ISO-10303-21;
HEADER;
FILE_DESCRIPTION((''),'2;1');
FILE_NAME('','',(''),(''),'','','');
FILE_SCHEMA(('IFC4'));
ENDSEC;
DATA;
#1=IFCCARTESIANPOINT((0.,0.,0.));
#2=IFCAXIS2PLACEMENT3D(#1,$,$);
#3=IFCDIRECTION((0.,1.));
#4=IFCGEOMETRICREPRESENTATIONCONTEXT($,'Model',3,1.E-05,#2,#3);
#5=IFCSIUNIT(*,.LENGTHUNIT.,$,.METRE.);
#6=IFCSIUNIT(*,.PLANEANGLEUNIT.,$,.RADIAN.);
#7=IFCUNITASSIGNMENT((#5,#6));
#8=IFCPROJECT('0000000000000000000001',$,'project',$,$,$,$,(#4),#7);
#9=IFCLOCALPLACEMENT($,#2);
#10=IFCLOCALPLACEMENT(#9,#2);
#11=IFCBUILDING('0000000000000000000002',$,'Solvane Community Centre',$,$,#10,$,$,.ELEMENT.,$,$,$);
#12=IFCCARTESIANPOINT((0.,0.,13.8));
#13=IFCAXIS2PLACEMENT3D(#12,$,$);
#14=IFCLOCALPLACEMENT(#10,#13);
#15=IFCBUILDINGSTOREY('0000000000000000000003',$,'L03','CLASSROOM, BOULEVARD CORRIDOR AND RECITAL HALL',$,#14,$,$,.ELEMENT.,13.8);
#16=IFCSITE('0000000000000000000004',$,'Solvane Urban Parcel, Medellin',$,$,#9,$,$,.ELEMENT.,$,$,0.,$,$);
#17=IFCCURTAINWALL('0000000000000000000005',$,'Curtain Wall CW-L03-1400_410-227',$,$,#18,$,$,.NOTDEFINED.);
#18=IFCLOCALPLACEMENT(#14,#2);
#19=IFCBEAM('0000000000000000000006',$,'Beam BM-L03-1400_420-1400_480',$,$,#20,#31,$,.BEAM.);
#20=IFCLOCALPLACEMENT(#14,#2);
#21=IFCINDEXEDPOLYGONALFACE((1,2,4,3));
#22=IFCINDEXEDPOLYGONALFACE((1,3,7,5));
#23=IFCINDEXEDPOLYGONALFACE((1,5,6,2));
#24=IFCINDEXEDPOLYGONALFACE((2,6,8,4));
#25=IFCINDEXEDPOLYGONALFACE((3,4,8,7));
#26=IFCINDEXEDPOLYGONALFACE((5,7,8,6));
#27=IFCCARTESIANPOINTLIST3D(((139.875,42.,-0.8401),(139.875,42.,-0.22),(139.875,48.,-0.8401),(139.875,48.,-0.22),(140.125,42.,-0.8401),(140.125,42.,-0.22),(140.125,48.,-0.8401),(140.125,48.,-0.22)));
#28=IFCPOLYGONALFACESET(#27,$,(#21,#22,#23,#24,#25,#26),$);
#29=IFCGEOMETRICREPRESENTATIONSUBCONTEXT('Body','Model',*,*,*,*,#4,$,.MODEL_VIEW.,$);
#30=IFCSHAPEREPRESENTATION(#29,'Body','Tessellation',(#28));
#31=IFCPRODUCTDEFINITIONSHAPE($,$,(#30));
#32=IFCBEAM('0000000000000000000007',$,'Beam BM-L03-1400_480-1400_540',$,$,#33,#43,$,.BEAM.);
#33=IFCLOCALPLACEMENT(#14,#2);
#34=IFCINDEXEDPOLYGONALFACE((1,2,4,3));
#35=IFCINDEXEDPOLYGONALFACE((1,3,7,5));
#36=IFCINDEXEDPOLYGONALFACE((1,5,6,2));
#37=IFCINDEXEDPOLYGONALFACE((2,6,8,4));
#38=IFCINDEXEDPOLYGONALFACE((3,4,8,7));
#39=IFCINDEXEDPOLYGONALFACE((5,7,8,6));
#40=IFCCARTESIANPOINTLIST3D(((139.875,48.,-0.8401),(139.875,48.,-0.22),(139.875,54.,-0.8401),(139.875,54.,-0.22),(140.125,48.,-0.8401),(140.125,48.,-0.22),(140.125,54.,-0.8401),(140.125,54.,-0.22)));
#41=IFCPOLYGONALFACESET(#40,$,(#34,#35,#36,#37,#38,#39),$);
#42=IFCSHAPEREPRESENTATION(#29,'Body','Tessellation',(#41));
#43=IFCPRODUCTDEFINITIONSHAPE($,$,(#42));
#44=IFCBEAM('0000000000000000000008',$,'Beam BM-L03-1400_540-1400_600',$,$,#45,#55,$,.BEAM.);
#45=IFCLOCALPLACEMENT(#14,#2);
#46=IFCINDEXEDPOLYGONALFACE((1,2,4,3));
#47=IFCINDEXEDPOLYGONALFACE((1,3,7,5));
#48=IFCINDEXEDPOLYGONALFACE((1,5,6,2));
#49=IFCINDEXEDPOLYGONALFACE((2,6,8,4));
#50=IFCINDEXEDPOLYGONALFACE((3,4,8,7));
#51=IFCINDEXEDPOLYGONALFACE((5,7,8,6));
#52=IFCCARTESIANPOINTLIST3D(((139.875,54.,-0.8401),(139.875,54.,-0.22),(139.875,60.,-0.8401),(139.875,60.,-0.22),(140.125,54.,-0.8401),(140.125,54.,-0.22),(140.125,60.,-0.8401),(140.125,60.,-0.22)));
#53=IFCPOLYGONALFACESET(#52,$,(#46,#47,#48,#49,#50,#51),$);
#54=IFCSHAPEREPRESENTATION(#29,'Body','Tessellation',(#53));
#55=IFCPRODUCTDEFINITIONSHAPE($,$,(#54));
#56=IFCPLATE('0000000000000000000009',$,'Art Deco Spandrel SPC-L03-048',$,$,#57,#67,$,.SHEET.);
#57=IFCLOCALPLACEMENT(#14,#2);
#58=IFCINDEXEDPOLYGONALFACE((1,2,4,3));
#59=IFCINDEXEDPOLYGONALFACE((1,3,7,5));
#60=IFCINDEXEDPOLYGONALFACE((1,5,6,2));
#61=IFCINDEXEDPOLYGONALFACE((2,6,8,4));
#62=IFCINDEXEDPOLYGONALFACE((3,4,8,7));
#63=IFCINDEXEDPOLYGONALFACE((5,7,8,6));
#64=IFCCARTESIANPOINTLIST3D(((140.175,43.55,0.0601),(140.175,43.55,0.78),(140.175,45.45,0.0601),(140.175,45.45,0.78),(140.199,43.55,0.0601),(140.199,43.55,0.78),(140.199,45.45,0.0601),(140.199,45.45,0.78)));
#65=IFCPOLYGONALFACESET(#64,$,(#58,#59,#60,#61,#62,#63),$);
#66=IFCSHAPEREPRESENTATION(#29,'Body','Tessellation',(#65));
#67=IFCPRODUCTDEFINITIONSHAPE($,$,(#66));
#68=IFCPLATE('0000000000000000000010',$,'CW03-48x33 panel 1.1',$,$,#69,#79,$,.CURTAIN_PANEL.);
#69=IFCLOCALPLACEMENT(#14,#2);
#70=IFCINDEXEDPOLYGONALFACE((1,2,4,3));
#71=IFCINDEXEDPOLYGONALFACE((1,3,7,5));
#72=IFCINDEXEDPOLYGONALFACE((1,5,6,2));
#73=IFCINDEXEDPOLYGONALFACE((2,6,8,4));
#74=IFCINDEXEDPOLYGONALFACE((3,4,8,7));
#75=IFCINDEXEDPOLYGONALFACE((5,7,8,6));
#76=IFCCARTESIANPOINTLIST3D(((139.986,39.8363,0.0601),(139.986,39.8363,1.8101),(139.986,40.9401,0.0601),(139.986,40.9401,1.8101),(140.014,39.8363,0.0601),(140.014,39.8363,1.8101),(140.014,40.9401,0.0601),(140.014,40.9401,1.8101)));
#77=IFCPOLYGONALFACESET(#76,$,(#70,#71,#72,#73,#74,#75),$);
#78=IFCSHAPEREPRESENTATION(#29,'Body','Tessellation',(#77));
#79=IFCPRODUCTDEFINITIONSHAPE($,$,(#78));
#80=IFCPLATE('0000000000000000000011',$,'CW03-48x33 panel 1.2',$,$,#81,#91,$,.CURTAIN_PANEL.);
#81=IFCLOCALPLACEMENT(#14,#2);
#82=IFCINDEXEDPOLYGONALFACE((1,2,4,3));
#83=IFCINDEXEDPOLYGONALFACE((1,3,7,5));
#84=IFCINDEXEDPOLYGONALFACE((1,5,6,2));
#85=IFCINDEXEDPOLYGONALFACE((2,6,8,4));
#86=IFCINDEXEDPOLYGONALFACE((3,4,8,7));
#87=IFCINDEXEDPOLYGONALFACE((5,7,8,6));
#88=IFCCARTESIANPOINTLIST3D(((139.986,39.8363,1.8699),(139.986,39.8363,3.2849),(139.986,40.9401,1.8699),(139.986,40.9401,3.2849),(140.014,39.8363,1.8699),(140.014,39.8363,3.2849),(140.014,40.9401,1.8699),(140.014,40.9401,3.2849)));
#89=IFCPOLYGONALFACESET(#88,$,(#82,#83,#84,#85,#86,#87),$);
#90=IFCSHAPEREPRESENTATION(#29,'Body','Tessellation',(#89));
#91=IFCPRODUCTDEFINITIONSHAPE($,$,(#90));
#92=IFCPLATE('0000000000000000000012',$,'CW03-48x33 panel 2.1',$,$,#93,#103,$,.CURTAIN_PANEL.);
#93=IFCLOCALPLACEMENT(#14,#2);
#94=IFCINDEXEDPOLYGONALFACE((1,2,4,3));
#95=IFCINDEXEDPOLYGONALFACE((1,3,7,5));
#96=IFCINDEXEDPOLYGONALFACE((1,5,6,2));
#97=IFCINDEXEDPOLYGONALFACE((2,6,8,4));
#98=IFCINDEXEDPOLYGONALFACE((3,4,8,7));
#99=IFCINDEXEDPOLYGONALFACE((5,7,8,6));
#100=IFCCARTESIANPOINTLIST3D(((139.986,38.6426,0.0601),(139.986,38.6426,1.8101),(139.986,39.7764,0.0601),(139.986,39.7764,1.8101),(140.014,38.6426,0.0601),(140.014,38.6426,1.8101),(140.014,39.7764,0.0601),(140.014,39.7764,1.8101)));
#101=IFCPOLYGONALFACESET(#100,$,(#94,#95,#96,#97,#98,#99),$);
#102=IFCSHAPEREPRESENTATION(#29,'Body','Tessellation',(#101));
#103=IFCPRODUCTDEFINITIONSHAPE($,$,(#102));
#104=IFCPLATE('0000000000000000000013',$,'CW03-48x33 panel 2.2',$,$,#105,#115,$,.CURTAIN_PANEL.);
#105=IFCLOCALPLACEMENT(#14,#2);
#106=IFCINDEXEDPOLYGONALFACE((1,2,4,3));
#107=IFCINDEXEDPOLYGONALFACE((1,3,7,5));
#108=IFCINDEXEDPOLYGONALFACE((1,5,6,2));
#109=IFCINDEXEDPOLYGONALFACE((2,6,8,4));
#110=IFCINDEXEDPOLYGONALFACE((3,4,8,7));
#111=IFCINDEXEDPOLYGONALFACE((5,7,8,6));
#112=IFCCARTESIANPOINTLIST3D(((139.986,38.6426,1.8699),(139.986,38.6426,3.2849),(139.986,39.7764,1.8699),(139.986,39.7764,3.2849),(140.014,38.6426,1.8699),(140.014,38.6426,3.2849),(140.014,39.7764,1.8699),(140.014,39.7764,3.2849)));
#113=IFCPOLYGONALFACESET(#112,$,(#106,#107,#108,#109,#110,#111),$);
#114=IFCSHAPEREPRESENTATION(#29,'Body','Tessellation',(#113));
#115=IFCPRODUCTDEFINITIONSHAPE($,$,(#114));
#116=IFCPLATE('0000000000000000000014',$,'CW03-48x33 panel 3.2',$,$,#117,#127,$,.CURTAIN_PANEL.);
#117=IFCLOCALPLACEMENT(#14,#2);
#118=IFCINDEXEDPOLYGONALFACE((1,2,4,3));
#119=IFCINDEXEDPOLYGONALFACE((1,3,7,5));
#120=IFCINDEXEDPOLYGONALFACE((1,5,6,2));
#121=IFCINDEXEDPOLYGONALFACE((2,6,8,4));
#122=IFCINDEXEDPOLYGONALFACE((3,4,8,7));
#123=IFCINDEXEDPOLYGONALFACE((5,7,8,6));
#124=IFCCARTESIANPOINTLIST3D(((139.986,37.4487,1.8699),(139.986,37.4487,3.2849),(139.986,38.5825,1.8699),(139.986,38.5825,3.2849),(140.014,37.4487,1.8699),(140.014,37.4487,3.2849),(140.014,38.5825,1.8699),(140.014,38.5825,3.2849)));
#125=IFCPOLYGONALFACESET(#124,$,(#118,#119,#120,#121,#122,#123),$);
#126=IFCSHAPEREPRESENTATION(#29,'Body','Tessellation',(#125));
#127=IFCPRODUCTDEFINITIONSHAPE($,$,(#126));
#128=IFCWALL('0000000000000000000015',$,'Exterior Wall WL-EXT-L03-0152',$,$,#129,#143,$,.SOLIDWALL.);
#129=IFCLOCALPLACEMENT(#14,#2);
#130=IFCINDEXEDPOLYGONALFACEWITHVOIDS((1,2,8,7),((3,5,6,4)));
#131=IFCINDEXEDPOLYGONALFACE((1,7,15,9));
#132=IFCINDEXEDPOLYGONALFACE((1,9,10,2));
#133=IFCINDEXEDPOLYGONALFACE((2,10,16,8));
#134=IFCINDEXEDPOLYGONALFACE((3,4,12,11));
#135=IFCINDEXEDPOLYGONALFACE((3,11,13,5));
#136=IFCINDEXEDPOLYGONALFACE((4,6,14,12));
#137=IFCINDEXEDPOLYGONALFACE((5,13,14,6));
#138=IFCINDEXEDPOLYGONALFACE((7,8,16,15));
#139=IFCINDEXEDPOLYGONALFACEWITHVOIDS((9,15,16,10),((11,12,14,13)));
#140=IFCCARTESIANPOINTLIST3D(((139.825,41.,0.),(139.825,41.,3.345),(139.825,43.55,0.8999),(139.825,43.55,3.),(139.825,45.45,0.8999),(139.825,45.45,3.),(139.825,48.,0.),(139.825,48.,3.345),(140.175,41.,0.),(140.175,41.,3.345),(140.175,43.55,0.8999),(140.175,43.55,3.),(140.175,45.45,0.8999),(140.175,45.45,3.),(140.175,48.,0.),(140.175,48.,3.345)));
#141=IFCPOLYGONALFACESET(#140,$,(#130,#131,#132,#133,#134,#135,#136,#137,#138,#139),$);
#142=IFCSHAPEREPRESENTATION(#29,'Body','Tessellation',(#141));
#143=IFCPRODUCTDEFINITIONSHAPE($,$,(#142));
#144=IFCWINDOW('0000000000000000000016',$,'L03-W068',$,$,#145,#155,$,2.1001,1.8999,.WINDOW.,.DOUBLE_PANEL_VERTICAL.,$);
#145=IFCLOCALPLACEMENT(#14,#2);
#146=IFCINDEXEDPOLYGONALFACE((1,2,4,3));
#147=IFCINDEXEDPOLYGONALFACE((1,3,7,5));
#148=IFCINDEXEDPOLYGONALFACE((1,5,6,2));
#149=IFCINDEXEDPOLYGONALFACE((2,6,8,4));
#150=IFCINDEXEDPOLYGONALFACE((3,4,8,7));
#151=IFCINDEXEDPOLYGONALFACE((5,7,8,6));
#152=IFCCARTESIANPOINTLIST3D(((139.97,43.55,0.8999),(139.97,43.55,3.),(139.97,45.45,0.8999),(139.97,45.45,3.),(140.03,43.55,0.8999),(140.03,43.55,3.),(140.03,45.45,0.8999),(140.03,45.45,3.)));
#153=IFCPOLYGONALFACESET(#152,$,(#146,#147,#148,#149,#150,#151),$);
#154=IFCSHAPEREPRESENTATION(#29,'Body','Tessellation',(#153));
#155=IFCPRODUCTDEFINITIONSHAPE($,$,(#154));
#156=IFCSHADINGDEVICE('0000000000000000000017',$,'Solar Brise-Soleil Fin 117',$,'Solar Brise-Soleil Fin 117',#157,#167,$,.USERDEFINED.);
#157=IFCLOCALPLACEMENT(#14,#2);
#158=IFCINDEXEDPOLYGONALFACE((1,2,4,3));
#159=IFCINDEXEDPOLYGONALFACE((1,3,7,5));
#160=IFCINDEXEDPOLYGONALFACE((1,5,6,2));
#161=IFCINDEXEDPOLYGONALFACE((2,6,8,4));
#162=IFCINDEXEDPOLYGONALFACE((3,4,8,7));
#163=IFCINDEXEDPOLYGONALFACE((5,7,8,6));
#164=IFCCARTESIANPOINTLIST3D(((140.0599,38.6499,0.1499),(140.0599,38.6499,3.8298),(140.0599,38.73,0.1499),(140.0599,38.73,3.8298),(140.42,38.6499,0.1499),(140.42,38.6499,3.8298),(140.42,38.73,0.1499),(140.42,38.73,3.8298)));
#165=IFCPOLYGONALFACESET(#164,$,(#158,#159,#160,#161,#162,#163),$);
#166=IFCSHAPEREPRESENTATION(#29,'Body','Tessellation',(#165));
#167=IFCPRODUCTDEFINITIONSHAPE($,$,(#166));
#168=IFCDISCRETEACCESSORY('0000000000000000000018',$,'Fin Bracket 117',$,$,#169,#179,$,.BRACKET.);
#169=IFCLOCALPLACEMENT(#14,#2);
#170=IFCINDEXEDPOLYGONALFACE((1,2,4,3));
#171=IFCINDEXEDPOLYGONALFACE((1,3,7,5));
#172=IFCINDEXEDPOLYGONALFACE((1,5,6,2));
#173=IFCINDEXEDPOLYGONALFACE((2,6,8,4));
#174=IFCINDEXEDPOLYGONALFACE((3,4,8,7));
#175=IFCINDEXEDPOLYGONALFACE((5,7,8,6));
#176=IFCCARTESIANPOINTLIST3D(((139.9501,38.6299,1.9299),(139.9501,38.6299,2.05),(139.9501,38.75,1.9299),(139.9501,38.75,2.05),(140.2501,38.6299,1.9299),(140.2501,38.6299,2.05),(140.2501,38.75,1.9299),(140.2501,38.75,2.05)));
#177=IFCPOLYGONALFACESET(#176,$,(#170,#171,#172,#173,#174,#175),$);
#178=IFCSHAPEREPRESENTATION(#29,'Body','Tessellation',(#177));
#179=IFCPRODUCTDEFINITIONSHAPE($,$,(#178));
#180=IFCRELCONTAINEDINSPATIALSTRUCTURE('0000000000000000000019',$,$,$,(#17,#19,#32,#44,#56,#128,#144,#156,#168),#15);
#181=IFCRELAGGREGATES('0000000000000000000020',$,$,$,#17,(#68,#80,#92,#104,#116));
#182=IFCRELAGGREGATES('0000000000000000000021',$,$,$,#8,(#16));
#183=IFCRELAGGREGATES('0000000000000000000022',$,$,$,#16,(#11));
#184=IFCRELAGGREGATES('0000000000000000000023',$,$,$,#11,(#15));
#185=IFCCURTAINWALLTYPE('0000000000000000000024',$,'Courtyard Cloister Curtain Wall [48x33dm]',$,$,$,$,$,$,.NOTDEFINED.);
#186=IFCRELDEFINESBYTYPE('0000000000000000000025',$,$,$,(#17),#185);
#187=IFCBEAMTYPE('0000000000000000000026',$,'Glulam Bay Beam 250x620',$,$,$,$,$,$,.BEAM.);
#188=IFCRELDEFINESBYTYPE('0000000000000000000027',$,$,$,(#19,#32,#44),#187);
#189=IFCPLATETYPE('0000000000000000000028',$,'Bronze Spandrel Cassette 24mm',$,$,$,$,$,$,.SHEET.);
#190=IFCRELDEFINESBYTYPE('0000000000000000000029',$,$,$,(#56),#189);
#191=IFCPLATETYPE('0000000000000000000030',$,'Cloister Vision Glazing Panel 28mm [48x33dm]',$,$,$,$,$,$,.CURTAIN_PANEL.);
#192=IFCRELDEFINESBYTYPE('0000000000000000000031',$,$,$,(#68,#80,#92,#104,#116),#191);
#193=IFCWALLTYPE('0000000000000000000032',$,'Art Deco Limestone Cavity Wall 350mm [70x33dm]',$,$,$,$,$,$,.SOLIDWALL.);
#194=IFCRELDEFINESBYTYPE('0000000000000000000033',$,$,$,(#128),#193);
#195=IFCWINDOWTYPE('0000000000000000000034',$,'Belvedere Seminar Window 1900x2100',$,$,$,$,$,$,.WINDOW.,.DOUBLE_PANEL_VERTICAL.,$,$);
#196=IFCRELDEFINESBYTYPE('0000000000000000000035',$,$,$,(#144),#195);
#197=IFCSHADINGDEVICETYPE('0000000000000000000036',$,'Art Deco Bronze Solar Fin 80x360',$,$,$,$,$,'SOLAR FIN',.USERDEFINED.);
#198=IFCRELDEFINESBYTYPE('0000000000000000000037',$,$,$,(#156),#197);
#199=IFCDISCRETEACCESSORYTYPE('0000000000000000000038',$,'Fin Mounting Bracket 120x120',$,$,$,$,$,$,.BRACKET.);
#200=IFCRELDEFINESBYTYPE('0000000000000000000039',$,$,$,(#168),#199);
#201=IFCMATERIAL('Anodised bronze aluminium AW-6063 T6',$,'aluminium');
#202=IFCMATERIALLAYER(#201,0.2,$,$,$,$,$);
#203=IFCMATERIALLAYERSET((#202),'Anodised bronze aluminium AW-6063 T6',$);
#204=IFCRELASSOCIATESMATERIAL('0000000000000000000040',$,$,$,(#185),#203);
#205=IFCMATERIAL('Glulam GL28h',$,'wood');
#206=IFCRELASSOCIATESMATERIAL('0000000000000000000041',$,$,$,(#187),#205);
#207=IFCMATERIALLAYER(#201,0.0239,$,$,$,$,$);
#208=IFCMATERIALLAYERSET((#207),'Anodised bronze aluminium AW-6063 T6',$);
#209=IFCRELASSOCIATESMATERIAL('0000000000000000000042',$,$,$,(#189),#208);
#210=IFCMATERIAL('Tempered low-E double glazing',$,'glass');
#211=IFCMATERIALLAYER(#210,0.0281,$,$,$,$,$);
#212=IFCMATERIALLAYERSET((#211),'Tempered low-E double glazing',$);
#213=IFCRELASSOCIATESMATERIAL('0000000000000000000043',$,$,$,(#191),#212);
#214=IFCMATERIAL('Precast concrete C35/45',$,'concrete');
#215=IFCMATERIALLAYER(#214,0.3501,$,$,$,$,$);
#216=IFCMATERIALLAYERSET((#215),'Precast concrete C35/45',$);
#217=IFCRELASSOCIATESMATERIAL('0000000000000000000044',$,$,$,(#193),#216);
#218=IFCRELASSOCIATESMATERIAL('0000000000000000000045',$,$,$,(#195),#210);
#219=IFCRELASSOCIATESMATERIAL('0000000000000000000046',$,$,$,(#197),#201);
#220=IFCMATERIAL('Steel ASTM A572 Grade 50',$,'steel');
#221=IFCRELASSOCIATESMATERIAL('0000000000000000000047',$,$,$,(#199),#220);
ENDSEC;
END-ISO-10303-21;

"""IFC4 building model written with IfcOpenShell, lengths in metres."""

from ifc_helpers import new_model, si_unit, direction, frame, frame_2d, origin, origin_2d, place, context, subcontext, project, spatial, rectangle, extrude, material, layer, layer_set, material_profile, profile_set, type_object, element, fill, aggregate, save


model = new_model("IFC4")

# Units and contexts
model_context = context("Model", 3, precision=1e-05, world=origin(), true_north=direction((0.0, 1.0)))
body_context = subcontext(model_context, "Body", "Model", "MODEL_VIEW")
ifc_project = project(units=[si_unit("LENGTHUNIT", "METRE"), si_unit("PLANEANGLEUNIT", "RADIAN")], contexts=[model_context])

# Site, building, storey
site_placement = place(None, origin())
site = spatial("IfcSite", under=ifc_project, at=site_placement, Name="Solvane Urban Parcel, Medellin", CompositionType="ELEMENT", RefElevation=0.0)
building_placement = place(site_placement, origin())
building = spatial("IfcBuilding", under=site, at=building_placement, Name="Solvane Community Centre", CompositionType="ELEMENT")
storey_placement = place(building_placement, frame((0.0, 0.0, 13.8)))
storey = spatial("IfcBuildingStorey", under=building, at=storey_placement, Name="L03", Description="CLASSROOM, BOULEVARD CORRIDOR AND RECITAL HALL", CompositionType="ELEMENT", Elevation=13.8)

# Curtain wall
ifc_material_1 = material(Name="Anodised bronze aluminium AW-6063 T6", Category="aluminium")
ifc_layer_1 = layer(ifc_material_1, 0.2)
ifc_layer_set_1 = layer_set([ifc_layer_1], Name="Anodised bronze aluminium AW-6063 T6")
curtain_wall_type = type_object("IfcCurtainWallType", Name="Courtyard Cloister Curtain Wall [48x33dm]", PredefinedType="NOTDEFINED", material=ifc_layer_set_1)
curtain_wall_placement = place(storey_placement, origin())
curtain_wall = element("IfcCurtainWall", 1, at=curtain_wall_placement, inside=storey, type_object=curtain_wall_type, Name="Curtain Wall CW-L03-1400_410-227", PredefinedType="NOTDEFINED")

# Beams
ifc_material_2 = material(Name="Glulam GL28h", Category="wood")
ifc_material_profile_1 = material_profile(ifc_material_2, rectangle(XDim=0.25, YDim=0.6201, at=origin_2d()), Name="GL28h 250x620")
ifc_profile_set_1 = profile_set([ifc_material_profile_1], Name="Glulam GL28h")
beam_type = type_object("IfcBeamType", Name="Glulam Bay Beam 250x620", PredefinedType="BEAM", material=ifc_profile_set_1)
for number, where, z_axis, x_axis, name in (
    (2, (140.0, 42.0, -0.53), (0.0, 1.0, 0.0), (-1.0, 0.0, 0.0), "Beam BM-L03-1400_420-1400_480"),
    (3, (140.0, 48.0, -0.53), (0.0, 1.0, 0.0), (-1.0, 0.0, 0.0), "Beam BM-L03-1400_480-1400_540"),
    (4, (140.0, 54.0, -0.53), (0.0, 1.0, 0.0), (-1.0, 0.0, 0.0), "Beam BM-L03-1400_540-1400_600"),
):
    element("IfcBeam", number, at=place(storey_placement, frame(where, z_axis=z_axis, x_axis=x_axis)), inside=storey, type_object=beam_type, Name=name, PredefinedType="BEAM", context=body_context, shape_type="SweptSolid", body=[
        extrude(rectangle(XDim=0.25, YDim=0.6201, at=origin_2d()), origin(), (0.0, 0.0, 1.0), 6.0),
    ])

# Plates
ifc_layer_2 = layer(ifc_material_1, 0.0239)
ifc_layer_set_2 = layer_set([ifc_layer_2], Name="Anodised bronze aluminium AW-6063 T6")
plate_type_1 = type_object("IfcPlateType", Name="Bronze Spandrel Cassette 24mm", PredefinedType="SHEET", material=ifc_layer_set_2)
plate_1_placement = place(storey_placement, frame((140.187, 44.5, 0.0601), z_axis=(0.0, 0.0, 1.0), x_axis=(0.0, -1.0, 0.0)))
element("IfcPlate", 5, at=plate_1_placement, inside=storey, type_object=plate_type_1, Name="Art Deco Spandrel SPC-L03-048", PredefinedType="SHEET", context=body_context, shape_type="SweptSolid", body=[
    extrude(rectangle(XDim=1.8999, YDim=0.0239, at=origin_2d()), origin(), (0.0, 0.0, 1.0), 0.72),
])
ifc_material_3 = material(Name="Tempered low-E double glazing", Category="glass")
ifc_layer_3 = layer(ifc_material_3, 0.0281)
ifc_layer_set_3 = layer_set([ifc_layer_3], Name="Tempered low-E double glazing")
plate_type_2 = type_object("IfcPlateType", Name="Cloister Vision Glazing Panel 28mm [48x33dm]", PredefinedType="CURTAIN_PANEL", material=ifc_layer_set_3)
plate_2_placement = place(storey_placement, frame((140.0, 40.3882, 0.0601), z_axis=(0.0, 0.0, 1.0), x_axis=(0.0, -1.0, 0.0)))
plate_2 = element("IfcPlate", 6, at=plate_2_placement, type_object=plate_type_2, Name="CW03-48x33 panel 1.1", PredefinedType="CURTAIN_PANEL", context=body_context, shape_type="SweptSolid", body=[
    extrude(rectangle(XDim=1.1038, YDim=0.0281, at=origin_2d()), origin(), (0.0, 0.0, 1.0), 1.75),
])
plate_3_placement = place(storey_placement, frame((140.0, 40.3882, 1.8699), z_axis=(0.0, 0.0, 1.0), x_axis=(0.0, -1.0, 0.0)))
plate_3 = element("IfcPlate", 7, at=plate_3_placement, type_object=plate_type_2, Name="CW03-48x33 panel 1.2", PredefinedType="CURTAIN_PANEL", context=body_context, shape_type="SweptSolid", body=[
    extrude(rectangle(XDim=1.1038, YDim=0.0281, at=origin_2d()), origin(), (0.0, 0.0, 1.0), 1.415),
])
plate_4_placement = place(storey_placement, frame((140.0, 39.2095, 0.0601), z_axis=(0.0, 0.0, 1.0), x_axis=(0.0, -1.0, 0.0)))
plate_4 = element("IfcPlate", 8, at=plate_4_placement, type_object=plate_type_2, Name="CW03-48x33 panel 2.1", PredefinedType="CURTAIN_PANEL", context=body_context, shape_type="SweptSolid", body=[
    extrude(rectangle(XDim=1.1338, YDim=0.0281, at=origin_2d()), origin(), (0.0, 0.0, 1.0), 1.75),
])
plate_5_placement = place(storey_placement, frame((140.0, 39.2095, 1.8699), z_axis=(0.0, 0.0, 1.0), x_axis=(0.0, -1.0, 0.0)))
plate_5 = element("IfcPlate", 9, at=plate_5_placement, type_object=plate_type_2, Name="CW03-48x33 panel 2.2", PredefinedType="CURTAIN_PANEL", context=body_context, shape_type="SweptSolid", body=[
    extrude(rectangle(XDim=1.1338, YDim=0.0281, at=origin_2d()), origin(), (0.0, 0.0, 1.0), 1.415),
])
plate_6_placement = place(storey_placement, frame((140.0, 38.0156, 1.8699), z_axis=(0.0, 0.0, 1.0), x_axis=(0.0, -1.0, 0.0)))
plate_6 = element("IfcPlate", 10, at=plate_6_placement, type_object=plate_type_2, Name="CW03-48x33 panel 3.2", PredefinedType="CURTAIN_PANEL", context=body_context, shape_type="SweptSolid", body=[
    extrude(rectangle(XDim=1.1338, YDim=0.0281, at=origin_2d()), origin(), (0.0, 0.0, 1.0), 1.415),
])
aggregate(curtain_wall, [plate_2, plate_3, plate_4, plate_5, plate_6])

# Wall, opening, window
ifc_material_4 = material(Name="Precast concrete C35/45", Category="concrete")
ifc_layer_4 = layer(ifc_material_4, 0.3501)
ifc_layer_set_4 = layer_set([ifc_layer_4], Name="Precast concrete C35/45")
wall_type = type_object("IfcWallType", Name="Art Deco Limestone Cavity Wall 350mm [70x33dm]", PredefinedType="SOLIDWALL", material=ifc_layer_set_4)
wall_placement = place(storey_placement, frame((140.0, 48.0, 0.0), z_axis=(0.0, 0.0, 1.0), x_axis=(0.0, -1.0, 0.0)))
wall = element("IfcWall", 11, at=wall_placement, inside=storey, type_object=wall_type, Name="Exterior Wall WL-EXT-L03-0152", PredefinedType="SOLIDWALL", context=body_context, shape_type="SweptSolid", body=[
    extrude(rectangle(XDim=7.0, YDim=0.3501, at=frame_2d((3.5, 0.0))), origin(), (0.0, 0.0, 1.0), 3.345),
])
opening_placement = place(wall_placement, frame((2.55, 0.0, 0.8999)))
opening = element("IfcOpeningElement", 12, at=opening_placement, cuts=wall, PredefinedType="OPENING", context=body_context, shape_type="SweptSolid", body=[
    extrude(rectangle(XDim=1.8999, YDim=2.1001, at=frame_2d((0.95, 1.05))), frame((0.0, 0.1851, 0.0), z_axis=(0.0, -1.0, 0.0), x_axis=(1.0, 0.0, 0.0)), (0.0, 0.0, 1.0), 0.3701),
])
window_type = type_object("IfcWindowType", Name="Belvedere Seminar Window 1900x2100", PartitioningType="DOUBLE_PANEL_VERTICAL", PredefinedType="WINDOW", material=ifc_material_3)
window_placement = place(opening_placement, origin())
window = element("IfcWindow", 13, at=window_placement, inside=storey, type_object=window_type, Name="L03-W068", OverallHeight=2.1001, OverallWidth=1.8999, PartitioningType="DOUBLE_PANEL_VERTICAL", PredefinedType="WINDOW", context=body_context, shape_type="SweptSolid", body=[
    extrude(rectangle(XDim=1.8999, YDim=2.1001, at=frame_2d((0.95, 1.05))), frame((0.0, 0.03, 0.0), z_axis=(0.0, -1.0, 0.0), x_axis=(1.0, 0.0, 0.0)), (0.0, 0.0, 1.0), 0.0601),
])
fill(opening, window)

# Shading device
shading_device_type = type_object("IfcShadingDeviceType", Name="Art Deco Bronze Solar Fin 80x360", ElementType="SOLAR FIN", PredefinedType="USERDEFINED", material=ifc_material_1)
shading_device_placement = place(storey_placement, frame((140.24, 38.6899, 0.1499), z_axis=(0.0, 0.0, 1.0), x_axis=(0.0, -1.0, 0.0)))
element("IfcShadingDevice", 14, at=shading_device_placement, inside=storey, type_object=shading_device_type, Name="Solar Brise-Soleil Fin 117", ObjectType="Solar Brise-Soleil Fin 117", PredefinedType="USERDEFINED", context=body_context, shape_type="SweptSolid", body=[
    extrude(rectangle(XDim=0.0801, YDim=0.3601, at=origin_2d()), origin(), (0.0, 0.0, 1.0), 3.6799),
])

# Discrete accessory
ifc_material_5 = material(Name="Steel ASTM A572 Grade 50", Category="steel")
discrete_accessory_type = type_object("IfcDiscreteAccessoryType", Name="Fin Mounting Bracket 120x120", PredefinedType="BRACKET", material=ifc_material_5)
discrete_accessory_placement = place(storey_placement, frame((140.1001, 38.6899, 1.9299), z_axis=(0.0, 0.0, 1.0), x_axis=(0.0, -1.0, 0.0)))
element("IfcDiscreteAccessory", 15, at=discrete_accessory_placement, inside=storey, type_object=discrete_accessory_type, Name="Fin Bracket 117", PredefinedType="BRACKET", context=body_context, shape_type="SweptSolid", body=[
    extrude(rectangle(XDim=0.1201, YDim=0.3, at=origin_2d()), origin(), (0.0, 0.0, 1.0), 0.1201),
])

save(model, "model.ifc")
